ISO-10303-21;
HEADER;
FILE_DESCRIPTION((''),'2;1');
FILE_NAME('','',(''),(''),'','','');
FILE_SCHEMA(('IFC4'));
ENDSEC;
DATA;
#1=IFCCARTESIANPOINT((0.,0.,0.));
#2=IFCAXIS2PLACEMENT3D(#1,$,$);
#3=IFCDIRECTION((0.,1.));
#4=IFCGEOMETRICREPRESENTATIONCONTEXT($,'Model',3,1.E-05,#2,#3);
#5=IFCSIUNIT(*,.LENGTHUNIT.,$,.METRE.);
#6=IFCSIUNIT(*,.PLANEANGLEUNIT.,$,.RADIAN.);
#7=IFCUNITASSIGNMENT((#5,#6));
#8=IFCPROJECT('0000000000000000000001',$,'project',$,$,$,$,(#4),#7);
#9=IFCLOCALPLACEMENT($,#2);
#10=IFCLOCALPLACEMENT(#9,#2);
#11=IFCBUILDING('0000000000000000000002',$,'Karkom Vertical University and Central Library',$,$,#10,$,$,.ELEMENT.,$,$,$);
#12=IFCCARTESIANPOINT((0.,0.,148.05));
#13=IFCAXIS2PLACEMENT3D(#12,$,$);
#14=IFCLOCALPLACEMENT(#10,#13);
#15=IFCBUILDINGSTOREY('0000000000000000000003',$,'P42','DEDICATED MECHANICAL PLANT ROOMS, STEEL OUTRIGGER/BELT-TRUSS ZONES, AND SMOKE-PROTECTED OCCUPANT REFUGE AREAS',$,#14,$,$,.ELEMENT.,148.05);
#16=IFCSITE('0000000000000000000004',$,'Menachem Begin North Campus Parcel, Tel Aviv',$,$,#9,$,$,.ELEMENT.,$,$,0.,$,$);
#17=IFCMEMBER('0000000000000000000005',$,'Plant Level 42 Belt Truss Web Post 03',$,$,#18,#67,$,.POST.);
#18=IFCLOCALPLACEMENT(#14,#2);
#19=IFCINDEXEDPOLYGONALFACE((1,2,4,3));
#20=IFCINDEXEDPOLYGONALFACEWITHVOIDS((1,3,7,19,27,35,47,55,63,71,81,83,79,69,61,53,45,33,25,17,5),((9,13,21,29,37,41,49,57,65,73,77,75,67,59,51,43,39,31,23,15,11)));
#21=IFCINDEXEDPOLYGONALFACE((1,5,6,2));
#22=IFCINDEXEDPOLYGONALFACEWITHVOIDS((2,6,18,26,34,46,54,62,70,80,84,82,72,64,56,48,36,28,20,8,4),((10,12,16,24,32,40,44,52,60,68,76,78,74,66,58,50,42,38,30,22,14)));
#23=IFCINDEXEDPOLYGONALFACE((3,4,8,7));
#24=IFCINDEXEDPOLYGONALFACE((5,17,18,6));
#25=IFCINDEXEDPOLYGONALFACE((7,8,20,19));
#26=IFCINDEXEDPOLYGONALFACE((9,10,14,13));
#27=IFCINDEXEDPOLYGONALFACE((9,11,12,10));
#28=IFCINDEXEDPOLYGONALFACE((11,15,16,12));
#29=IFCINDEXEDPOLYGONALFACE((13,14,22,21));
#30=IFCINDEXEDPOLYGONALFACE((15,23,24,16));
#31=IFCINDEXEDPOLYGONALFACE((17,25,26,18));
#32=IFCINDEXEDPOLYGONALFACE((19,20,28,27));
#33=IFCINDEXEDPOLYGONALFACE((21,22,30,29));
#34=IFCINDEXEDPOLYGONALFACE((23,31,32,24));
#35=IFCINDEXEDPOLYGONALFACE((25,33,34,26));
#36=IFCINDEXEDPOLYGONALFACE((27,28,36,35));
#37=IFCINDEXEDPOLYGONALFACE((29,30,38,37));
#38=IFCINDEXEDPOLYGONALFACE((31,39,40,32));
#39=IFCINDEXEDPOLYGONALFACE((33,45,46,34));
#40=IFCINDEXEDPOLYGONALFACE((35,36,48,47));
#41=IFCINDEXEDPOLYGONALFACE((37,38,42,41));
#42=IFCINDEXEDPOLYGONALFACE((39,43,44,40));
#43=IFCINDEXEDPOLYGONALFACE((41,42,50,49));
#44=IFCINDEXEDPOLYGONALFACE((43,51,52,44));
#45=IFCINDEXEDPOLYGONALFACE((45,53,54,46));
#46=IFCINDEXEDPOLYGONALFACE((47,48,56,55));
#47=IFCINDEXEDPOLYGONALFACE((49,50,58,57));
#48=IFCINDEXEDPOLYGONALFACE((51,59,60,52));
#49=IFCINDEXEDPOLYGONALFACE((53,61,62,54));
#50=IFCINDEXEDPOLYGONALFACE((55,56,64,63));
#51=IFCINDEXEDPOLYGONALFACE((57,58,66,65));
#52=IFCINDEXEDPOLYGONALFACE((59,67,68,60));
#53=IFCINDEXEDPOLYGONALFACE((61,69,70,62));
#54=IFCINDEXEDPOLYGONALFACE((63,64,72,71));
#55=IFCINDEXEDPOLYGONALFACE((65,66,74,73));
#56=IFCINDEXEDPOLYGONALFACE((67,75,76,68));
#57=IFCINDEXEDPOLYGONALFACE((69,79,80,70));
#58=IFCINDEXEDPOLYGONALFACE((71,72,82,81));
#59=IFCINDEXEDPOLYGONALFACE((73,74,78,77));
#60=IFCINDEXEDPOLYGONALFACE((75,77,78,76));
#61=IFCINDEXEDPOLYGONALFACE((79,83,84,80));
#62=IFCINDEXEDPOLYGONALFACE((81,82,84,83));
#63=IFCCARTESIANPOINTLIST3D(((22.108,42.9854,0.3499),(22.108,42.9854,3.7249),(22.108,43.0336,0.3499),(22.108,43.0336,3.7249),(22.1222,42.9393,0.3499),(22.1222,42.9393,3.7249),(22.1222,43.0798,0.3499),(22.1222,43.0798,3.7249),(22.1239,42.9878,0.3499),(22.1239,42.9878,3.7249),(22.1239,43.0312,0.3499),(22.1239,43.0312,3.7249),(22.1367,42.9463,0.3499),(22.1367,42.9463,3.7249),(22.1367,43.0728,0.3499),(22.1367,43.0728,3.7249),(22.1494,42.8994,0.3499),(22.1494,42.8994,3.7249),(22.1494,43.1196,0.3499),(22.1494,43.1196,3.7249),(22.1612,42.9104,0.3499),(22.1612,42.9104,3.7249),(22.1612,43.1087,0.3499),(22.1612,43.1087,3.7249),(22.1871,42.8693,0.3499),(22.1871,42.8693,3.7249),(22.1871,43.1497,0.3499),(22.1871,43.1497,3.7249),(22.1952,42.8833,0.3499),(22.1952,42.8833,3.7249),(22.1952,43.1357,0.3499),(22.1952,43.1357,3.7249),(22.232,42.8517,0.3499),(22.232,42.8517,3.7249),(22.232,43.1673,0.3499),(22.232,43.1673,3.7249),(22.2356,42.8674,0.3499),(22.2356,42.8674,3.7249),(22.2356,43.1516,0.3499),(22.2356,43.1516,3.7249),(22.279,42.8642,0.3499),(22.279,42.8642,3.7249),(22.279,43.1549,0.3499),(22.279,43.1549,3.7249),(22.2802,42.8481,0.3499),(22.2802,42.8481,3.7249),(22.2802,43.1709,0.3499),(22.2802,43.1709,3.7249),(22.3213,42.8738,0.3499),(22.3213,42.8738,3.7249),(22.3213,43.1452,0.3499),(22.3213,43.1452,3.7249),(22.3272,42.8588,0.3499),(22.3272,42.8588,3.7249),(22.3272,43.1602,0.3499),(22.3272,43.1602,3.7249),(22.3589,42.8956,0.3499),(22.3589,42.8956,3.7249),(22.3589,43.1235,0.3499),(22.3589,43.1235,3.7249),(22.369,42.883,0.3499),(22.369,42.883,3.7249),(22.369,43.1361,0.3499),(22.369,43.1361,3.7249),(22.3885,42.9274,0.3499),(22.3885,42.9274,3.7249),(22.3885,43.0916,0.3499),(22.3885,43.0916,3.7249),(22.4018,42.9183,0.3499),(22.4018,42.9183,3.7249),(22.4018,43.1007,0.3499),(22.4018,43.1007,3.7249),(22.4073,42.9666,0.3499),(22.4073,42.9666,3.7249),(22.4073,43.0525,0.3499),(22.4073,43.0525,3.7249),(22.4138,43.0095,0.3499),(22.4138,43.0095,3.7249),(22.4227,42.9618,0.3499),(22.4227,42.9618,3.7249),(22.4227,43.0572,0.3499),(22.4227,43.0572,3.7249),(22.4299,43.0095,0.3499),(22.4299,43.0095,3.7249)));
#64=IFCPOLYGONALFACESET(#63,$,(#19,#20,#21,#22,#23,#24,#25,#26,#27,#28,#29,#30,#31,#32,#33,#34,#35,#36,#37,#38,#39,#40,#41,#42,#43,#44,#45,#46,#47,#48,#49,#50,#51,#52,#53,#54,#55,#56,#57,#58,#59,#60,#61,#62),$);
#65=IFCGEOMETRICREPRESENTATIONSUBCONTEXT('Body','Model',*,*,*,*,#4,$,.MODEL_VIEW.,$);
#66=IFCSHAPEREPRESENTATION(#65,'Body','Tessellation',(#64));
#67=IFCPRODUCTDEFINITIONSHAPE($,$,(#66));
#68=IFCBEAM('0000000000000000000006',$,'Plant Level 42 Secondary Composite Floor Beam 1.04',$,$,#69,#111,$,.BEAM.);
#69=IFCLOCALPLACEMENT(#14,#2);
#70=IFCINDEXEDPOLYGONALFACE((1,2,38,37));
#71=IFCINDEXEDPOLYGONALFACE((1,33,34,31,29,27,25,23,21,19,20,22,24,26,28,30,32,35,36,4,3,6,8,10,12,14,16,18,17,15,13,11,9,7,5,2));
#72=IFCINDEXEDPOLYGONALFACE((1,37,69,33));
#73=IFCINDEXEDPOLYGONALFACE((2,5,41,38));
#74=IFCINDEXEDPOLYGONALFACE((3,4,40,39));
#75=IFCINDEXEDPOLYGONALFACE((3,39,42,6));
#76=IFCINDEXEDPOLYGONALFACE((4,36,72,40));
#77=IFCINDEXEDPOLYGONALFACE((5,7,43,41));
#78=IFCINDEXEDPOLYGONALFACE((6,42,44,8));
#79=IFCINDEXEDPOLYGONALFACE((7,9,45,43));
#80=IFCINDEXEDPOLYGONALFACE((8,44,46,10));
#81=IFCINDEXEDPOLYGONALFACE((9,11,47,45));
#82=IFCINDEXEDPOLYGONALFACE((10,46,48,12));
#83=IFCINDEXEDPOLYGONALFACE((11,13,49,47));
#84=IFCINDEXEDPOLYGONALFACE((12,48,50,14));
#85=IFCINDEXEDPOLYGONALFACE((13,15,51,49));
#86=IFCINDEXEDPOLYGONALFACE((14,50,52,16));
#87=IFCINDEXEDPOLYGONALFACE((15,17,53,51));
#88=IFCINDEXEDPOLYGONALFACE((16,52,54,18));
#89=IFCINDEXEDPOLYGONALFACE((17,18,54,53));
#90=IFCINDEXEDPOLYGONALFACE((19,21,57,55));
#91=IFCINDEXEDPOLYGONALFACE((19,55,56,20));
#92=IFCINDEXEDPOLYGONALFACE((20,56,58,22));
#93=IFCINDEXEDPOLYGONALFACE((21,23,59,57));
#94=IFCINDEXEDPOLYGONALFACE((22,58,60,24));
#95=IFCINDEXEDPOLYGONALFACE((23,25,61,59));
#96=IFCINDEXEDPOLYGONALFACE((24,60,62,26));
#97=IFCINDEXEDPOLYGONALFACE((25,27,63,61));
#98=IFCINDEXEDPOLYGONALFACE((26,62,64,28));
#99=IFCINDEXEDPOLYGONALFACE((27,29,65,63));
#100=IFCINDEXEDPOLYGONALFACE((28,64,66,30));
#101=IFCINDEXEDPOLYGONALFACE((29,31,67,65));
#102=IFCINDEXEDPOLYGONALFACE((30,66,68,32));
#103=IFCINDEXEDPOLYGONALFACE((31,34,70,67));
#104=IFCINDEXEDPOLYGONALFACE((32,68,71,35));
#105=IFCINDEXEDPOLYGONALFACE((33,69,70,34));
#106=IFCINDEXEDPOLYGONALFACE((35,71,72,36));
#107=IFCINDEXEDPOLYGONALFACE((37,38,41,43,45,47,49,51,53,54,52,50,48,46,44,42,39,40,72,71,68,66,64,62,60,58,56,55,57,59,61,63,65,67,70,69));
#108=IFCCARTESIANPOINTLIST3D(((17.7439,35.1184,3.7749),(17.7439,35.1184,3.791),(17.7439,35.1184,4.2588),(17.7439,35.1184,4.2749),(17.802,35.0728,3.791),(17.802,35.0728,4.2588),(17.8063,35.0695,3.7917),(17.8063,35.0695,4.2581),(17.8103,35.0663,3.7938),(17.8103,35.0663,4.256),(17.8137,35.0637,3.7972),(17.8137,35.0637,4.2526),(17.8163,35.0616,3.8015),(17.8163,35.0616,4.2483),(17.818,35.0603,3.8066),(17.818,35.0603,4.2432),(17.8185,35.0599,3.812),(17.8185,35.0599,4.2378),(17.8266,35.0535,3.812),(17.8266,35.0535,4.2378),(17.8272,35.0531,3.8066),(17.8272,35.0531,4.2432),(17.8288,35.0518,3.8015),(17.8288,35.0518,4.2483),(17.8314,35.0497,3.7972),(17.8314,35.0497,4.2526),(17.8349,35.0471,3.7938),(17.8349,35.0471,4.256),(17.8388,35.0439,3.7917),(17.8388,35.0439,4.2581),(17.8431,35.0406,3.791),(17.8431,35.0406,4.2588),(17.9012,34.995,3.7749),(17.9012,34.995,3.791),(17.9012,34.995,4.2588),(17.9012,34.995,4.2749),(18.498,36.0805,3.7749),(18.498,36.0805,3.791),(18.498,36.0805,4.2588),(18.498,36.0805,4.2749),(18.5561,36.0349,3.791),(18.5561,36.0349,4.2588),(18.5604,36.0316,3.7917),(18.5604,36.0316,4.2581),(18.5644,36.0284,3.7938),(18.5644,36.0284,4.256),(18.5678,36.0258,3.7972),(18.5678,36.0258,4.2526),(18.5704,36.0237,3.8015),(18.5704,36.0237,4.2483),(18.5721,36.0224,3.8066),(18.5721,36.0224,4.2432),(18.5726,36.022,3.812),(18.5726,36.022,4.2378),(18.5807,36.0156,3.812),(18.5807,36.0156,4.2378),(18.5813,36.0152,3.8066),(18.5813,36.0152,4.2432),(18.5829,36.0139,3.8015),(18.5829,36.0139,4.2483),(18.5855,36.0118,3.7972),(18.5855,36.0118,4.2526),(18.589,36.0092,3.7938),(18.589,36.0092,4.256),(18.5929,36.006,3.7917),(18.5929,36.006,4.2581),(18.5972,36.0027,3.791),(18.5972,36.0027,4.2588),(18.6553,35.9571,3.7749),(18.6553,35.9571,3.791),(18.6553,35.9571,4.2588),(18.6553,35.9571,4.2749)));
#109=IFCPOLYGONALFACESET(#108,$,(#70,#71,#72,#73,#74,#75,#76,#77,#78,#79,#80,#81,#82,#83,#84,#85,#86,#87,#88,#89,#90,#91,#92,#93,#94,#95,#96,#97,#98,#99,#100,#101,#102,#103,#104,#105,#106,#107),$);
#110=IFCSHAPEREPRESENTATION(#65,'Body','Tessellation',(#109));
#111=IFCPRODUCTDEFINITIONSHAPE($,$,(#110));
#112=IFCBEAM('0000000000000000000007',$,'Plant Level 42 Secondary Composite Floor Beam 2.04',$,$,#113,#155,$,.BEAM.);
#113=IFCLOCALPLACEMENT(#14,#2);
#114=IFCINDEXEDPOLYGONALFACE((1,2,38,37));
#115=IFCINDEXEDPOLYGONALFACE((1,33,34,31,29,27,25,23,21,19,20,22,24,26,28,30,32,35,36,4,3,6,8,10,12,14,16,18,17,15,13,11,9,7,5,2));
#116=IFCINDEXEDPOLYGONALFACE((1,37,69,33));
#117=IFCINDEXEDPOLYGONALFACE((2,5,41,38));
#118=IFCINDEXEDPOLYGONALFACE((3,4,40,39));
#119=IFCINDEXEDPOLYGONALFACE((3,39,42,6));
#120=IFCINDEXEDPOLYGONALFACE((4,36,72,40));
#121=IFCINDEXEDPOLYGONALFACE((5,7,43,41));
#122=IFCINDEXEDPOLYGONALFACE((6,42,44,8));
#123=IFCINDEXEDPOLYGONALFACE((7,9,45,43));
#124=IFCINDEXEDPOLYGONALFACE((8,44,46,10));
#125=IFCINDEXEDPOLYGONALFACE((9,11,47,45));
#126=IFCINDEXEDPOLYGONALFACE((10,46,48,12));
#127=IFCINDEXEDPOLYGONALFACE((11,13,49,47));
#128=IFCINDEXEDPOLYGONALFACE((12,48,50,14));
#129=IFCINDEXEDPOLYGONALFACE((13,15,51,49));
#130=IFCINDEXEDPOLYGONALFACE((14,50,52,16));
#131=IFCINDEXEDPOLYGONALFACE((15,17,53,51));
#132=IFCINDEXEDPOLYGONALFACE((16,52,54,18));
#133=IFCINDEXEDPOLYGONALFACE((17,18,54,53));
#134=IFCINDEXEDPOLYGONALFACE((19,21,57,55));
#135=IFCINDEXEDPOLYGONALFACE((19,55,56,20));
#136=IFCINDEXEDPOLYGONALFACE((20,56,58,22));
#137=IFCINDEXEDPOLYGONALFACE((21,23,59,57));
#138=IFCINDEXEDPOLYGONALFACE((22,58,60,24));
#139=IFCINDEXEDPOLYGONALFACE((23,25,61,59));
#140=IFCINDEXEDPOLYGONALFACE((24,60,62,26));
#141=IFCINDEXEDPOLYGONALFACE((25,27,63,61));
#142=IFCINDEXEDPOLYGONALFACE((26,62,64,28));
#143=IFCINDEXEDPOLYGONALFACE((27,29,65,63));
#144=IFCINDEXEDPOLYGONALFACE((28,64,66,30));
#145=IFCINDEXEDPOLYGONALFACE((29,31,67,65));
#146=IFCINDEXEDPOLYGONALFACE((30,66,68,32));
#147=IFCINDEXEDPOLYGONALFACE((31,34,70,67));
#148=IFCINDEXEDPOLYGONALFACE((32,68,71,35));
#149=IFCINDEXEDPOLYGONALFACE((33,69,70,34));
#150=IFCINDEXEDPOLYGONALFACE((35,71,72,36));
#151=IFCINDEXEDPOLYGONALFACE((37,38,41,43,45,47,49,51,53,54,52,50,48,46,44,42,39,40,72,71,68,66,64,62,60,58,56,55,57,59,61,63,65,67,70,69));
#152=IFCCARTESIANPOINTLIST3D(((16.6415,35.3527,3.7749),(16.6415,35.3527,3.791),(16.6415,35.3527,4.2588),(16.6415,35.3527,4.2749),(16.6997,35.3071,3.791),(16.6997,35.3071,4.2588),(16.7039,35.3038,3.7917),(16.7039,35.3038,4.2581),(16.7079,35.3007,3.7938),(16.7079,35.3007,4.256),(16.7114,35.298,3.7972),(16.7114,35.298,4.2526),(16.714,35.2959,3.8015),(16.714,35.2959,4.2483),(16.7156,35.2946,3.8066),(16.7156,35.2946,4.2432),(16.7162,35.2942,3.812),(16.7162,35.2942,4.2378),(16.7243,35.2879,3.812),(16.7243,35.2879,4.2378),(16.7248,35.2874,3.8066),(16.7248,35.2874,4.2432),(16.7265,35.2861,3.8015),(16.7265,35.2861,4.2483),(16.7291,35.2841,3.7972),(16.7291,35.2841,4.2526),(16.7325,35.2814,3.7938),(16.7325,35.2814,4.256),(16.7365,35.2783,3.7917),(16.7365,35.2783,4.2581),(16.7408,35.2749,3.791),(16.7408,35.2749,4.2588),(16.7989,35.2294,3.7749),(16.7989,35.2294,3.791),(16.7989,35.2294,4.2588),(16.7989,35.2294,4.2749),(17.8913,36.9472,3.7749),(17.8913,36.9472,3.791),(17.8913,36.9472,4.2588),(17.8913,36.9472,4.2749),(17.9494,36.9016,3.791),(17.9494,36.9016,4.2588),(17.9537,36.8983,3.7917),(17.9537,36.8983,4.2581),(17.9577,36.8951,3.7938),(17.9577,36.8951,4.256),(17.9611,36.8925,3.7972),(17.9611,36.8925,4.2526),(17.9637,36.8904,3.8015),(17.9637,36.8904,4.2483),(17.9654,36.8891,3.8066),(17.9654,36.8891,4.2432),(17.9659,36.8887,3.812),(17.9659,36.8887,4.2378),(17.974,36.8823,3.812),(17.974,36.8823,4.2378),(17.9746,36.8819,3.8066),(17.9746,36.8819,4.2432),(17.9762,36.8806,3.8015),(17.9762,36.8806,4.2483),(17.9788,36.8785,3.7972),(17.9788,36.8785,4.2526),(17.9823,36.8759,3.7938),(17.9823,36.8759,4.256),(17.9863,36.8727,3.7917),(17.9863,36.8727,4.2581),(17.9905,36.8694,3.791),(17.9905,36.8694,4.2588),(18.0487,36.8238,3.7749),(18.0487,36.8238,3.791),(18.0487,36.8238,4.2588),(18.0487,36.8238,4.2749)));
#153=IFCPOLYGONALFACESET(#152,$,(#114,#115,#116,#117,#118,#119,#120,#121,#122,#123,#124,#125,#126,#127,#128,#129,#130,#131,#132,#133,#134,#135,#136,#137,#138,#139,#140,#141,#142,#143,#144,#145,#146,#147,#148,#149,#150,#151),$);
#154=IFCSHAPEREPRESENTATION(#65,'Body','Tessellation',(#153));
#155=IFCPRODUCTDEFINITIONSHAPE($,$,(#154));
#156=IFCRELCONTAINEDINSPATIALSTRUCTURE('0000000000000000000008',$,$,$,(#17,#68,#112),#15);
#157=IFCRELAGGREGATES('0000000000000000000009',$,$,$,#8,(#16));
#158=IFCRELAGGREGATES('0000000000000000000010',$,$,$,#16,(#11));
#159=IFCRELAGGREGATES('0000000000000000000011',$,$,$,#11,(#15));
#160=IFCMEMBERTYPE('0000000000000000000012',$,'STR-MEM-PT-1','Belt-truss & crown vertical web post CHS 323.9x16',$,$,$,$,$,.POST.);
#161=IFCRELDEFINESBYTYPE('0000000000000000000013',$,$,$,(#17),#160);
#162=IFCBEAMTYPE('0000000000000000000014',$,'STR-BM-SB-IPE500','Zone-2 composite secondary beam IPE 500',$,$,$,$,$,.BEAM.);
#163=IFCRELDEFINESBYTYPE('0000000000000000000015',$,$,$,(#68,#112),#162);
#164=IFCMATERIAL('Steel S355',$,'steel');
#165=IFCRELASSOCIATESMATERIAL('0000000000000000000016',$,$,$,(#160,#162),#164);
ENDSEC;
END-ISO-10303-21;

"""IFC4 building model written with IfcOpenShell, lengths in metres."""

from ifc_helpers import new_model, si_unit, direction, frame, origin, origin_with_axes, origin_2d, place, context, subcontext, project, spatial, hollow_circle, i_section, extrude, source, transform, mapped, material, material_profile, profile_set, type_object, element, save


model = new_model("IFC4")

# Units and contexts
model_context = context("Model", 3, precision=1e-05, world=origin(), true_north=direction((0.0, 1.0)))
body_context = subcontext(model_context, "Body", "Model", "MODEL_VIEW")
ifc_project = project(units=[si_unit("LENGTHUNIT", "METRE"), si_unit("PLANEANGLEUNIT", "RADIAN")], contexts=[model_context])

# Site, building, storey
site_placement = place(None, origin())
site = spatial("IfcSite", under=ifc_project, at=site_placement, Name="Menachem Begin North Campus Parcel, Tel Aviv", CompositionType="ELEMENT", RefElevation=0.0)
building_placement = place(site_placement, origin())
building = spatial("IfcBuilding", under=site, at=building_placement, Name="Karkom Vertical University and Central Library", CompositionType="ELEMENT")
storey_placement = place(building_placement, frame((0.0, 0.0, 148.05)))
storey = spatial("IfcBuildingStorey", under=building, at=storey_placement, Name="P42", Description="DEDICATED MECHANICAL PLANT ROOMS, STEEL OUTRIGGER/BELT-TRUSS ZONES, AND SMOKE-PROTECTED OCCUPANT REFUGE AREAS", CompositionType="ELEMENT", Elevation=148.05)

# Member
ifc_material_1 = material(Name="Steel S355", Category="steel")
ifc_material_profile_1 = material_profile(ifc_material_1, hollow_circle(Radius=0.1619, WallThickness=0.0161, at=origin_2d()), Name="CHS 323.9x16")
ifc_profile_set_1 = profile_set([ifc_material_profile_1], Name="Steel S355")
member_type_1 = type_object("IfcMemberType", Name="STR-MEM-PT-1", Description="Belt-truss & crown vertical web post CHS 323.9x16", PredefinedType="POST", material=ifc_profile_set_1)
shared_shape_1 = source(origin_with_axes(), body_context, "Body", "SweptSolid", [
    extrude(hollow_circle(Radius=0.1619, WallThickness=0.0161, at=origin_2d()), origin(), (0.0, 0.0, 1.0), 3.375),
])
member_1_placement = place(storey_placement, frame((22.2681, 43.0095, 0.3499), z_axis=(0.0, 0.0, 1.0), x_axis=(1.0, 0.0, 0.0)))
element("IfcMember", 1, at=member_1_placement, inside=storey, type_object=member_type_1, Name="Plant Level 42 Belt Truss Web Post 03", PredefinedType="POST", context=body_context, shape_type="MappedRepresentation", body=[
    mapped(shared_shape_1, transform((0.0, 0.0, 0.0), scale=1.0)),
])

# Beams
ifc_material_profile_2 = material_profile(ifc_material_1, i_section(OverallWidth=0.2, OverallDepth=0.5, WebThickness=0.0103, FlangeThickness=0.0161, FilletRadius=0.021, at=origin_2d()), Name="IPE 500")
ifc_profile_set_2 = profile_set([ifc_material_profile_2], Name="Steel S355")
beam_type = type_object("IfcBeamType", Name="STR-BM-SB-IPE500", Description="Zone-2 composite secondary beam IPE 500", PredefinedType="BEAM", material=ifc_profile_set_2)
shared_shape_2 = source(origin_with_axes(), body_context, "Body", "SweptSolid", [
    extrude(i_section(OverallWidth=0.2, OverallDepth=0.5, WebThickness=0.0103, FlangeThickness=0.0161, FilletRadius=0.021, at=origin_2d()), origin(), (0.0, 0.0, 1.0), 1.2224),
])
beam_1_placement = place(storey_placement, frame((18.5767, 36.0188, 4.0249), z_axis=(-0.616895, -0.787045, 0.0), x_axis=(0.787045, -0.616895, 0.0)))
element("IfcBeam", 2, at=beam_1_placement, inside=storey, type_object=beam_type, Name="Plant Level 42 Secondary Composite Floor Beam 1.04", PredefinedType="BEAM", context=body_context, shape_type="MappedRepresentation", body=[
    mapped(shared_shape_2, transform((0.0, 0.0, 0.0), scale=1.0)),
])
shared_shape_3 = source(origin_with_axes(), body_context, "Body", "SweptSolid", [
    extrude(i_section(OverallWidth=0.2, OverallDepth=0.5, WebThickness=0.0103, FlangeThickness=0.0161, FilletRadius=0.021, at=origin_2d()), origin(), (0.0, 0.0, 1.0), 2.0259),
])
beam_2_placement = place(storey_placement, frame((17.97, 36.8855, 4.0249), z_axis=(-0.61689, -0.78705, 0.0), x_axis=(0.78705, -0.61689, 0.0)))
element("IfcBeam", 3, at=beam_2_placement, inside=storey, type_object=beam_type, Name="Plant Level 42 Secondary Composite Floor Beam 2.04", PredefinedType="BEAM", context=body_context, shape_type="MappedRepresentation", body=[
    mapped(shared_shape_3, transform((0.0, 0.0, 0.0), scale=1.0)),
])

save(model, "model.ifc")
